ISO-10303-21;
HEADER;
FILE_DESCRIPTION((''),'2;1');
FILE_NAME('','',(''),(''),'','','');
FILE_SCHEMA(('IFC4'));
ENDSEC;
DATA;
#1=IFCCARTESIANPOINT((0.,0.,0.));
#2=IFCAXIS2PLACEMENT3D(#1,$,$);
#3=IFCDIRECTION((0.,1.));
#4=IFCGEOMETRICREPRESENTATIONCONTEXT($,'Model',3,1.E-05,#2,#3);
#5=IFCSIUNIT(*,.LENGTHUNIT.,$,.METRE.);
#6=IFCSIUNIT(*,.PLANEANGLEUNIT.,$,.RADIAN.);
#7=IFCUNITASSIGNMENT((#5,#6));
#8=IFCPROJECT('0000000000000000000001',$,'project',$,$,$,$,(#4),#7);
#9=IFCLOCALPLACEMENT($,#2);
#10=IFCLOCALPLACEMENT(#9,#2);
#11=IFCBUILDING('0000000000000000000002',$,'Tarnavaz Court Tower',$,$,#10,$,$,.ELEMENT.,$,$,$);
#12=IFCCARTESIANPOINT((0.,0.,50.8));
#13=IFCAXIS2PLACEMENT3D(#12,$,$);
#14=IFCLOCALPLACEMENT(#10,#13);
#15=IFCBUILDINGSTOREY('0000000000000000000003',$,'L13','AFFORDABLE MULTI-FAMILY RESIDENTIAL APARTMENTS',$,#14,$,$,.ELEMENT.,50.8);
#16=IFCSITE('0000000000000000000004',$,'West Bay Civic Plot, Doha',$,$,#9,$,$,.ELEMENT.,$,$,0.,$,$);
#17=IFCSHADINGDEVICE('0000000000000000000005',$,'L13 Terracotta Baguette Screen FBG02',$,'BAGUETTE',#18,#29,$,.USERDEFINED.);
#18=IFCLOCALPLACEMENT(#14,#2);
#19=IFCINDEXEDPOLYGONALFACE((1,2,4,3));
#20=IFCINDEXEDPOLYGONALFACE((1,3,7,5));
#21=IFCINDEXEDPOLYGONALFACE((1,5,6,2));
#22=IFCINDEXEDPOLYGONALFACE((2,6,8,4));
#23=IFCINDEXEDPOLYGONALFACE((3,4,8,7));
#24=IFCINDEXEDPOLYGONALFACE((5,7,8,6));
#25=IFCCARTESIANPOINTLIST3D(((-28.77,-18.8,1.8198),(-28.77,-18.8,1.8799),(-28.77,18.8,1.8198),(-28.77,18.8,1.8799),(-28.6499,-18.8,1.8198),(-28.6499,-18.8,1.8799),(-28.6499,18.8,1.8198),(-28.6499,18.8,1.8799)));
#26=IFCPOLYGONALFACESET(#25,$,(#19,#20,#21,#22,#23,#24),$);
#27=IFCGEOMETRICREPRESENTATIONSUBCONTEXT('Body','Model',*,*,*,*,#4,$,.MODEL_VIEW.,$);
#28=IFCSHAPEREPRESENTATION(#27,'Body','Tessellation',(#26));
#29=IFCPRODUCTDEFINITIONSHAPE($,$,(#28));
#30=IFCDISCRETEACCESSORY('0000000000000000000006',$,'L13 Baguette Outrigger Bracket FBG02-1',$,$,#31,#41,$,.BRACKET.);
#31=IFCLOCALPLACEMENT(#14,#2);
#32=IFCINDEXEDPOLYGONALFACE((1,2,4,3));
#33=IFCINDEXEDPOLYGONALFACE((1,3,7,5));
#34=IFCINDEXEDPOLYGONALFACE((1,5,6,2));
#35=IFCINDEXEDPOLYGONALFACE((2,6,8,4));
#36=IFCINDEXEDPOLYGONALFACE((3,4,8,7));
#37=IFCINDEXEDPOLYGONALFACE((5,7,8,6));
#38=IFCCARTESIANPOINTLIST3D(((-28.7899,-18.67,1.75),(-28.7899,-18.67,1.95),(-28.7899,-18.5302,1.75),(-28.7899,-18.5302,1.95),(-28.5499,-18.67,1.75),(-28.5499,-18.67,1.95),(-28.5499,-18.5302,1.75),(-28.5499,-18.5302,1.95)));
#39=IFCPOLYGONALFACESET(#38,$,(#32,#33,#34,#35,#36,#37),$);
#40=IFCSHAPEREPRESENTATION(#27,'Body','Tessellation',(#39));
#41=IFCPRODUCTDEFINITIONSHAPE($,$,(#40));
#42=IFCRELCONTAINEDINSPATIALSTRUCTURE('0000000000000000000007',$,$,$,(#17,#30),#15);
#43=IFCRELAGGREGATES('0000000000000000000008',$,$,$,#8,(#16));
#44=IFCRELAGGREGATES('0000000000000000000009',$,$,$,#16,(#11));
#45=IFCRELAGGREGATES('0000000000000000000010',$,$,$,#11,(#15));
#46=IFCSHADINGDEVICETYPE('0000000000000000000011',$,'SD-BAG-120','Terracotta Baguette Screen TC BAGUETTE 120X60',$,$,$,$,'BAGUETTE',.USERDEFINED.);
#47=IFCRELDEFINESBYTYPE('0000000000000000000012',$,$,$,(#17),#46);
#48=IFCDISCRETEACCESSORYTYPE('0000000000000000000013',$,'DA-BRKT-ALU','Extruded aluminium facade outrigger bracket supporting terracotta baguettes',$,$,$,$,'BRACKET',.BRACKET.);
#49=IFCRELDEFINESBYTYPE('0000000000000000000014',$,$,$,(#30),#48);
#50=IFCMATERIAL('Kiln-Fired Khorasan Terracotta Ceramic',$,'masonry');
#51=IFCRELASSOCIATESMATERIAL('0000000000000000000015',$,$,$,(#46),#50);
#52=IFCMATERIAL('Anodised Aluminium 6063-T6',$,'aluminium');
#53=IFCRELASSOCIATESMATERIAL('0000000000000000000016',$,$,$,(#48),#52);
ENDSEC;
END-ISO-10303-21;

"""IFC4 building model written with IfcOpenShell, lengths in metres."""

from ifc_helpers import new_model, si_unit, direction, frame, origin, origin_2d, place, context, subcontext, project, spatial, rectangle, extrude, material, material_profile, profile_set, type_object, element, save


model = new_model("IFC4")

# Units and contexts
model_context = context("Model", 3, precision=1e-05, world=origin(), true_north=direction((0.0, 1.0)))
body_context = subcontext(model_context, "Body", "Model", "MODEL_VIEW")
ifc_project = project(units=[si_unit("LENGTHUNIT", "METRE"), si_unit("PLANEANGLEUNIT", "RADIAN")], contexts=[model_context])

# Site, building, storey
site_placement = place(None, origin())
site = spatial("IfcSite", under=ifc_project, at=site_placement, Name="West Bay Civic Plot, Doha", CompositionType="ELEMENT", RefElevation=0.0)
building_placement = place(site_placement, origin())
building = spatial("IfcBuilding", under=site, at=building_placement, Name="Tarnavaz Court Tower", CompositionType="ELEMENT")
storey_placement = place(building_placement, frame((0.0, 0.0, 50.8)))
storey = spatial("IfcBuildingStorey", under=building, at=storey_placement, Name="L13", Description="AFFORDABLE MULTI-FAMILY RESIDENTIAL APARTMENTS", CompositionType="ELEMENT", Elevation=50.8)

# Shading device
ifc_material_1 = material(Name="Kiln-Fired Khorasan Terracotta Ceramic", Category="masonry")
ifc_material_profile_1 = material_profile(ifc_material_1, rectangle(XDim=0.1201, YDim=0.0601, at=origin_2d()), Name="TC BAGUETTE 120X60")
ifc_profile_set_1 = profile_set([ifc_material_profile_1], Name="Kiln-Fired Khorasan Terracotta Ceramic")
shading_device_type = type_object("IfcShadingDeviceType", Name="SD-BAG-120", Description="Terracotta Baguette Screen TC BAGUETTE 120X60", ElementType="BAGUETTE", PredefinedType="USERDEFINED", material=ifc_profile_set_1)
shading_device_placement = place(storey_placement, frame((-28.71, -18.8, 1.8499), z_axis=(0.0, 1.0, 0.0), x_axis=(-1.0, 0.0, 0.0)))
element("IfcShadingDevice", 1, at=shading_device_placement, inside=storey, type_object=shading_device_type, Name="L13 Terracotta Baguette Screen FBG02", ObjectType="BAGUETTE", PredefinedType="USERDEFINED", context=body_context, shape_type="SweptSolid", body=[
    extrude(rectangle(XDim=0.1201, YDim=0.0601, at=origin_2d()), origin(), (0.0, 0.0, 1.0), 37.6001),
])

# Discrete accessory
ifc_material_2 = material(Name="Anodised Aluminium 6063-T6", Category="aluminium")
discrete_accessory_type = type_object("IfcDiscreteAccessoryType", Name="DA-BRKT-ALU", Description="Extruded aluminium facade outrigger bracket supporting terracotta baguettes", ElementType="BRACKET", PredefinedType="BRACKET", material=ifc_material_2)
discrete_accessory_placement = place(storey_placement, frame((-28.6699, -18.6001, 1.75), z_axis=(0.0, 0.0, 1.0), x_axis=(0.0, 1.0, 0.0)))
element("IfcDiscreteAccessory", 2, at=discrete_accessory_placement, inside=storey, type_object=discrete_accessory_type, Name="L13 Baguette Outrigger Bracket FBG02-1", PredefinedType="BRACKET", context=body_context, shape_type="SweptSolid", body=[
    extrude(rectangle(XDim=0.1399, YDim=0.24, at=origin_2d()), origin(), (0.0, 0.0, 1.0), 0.2),
])

save(model, "model.ifc")
